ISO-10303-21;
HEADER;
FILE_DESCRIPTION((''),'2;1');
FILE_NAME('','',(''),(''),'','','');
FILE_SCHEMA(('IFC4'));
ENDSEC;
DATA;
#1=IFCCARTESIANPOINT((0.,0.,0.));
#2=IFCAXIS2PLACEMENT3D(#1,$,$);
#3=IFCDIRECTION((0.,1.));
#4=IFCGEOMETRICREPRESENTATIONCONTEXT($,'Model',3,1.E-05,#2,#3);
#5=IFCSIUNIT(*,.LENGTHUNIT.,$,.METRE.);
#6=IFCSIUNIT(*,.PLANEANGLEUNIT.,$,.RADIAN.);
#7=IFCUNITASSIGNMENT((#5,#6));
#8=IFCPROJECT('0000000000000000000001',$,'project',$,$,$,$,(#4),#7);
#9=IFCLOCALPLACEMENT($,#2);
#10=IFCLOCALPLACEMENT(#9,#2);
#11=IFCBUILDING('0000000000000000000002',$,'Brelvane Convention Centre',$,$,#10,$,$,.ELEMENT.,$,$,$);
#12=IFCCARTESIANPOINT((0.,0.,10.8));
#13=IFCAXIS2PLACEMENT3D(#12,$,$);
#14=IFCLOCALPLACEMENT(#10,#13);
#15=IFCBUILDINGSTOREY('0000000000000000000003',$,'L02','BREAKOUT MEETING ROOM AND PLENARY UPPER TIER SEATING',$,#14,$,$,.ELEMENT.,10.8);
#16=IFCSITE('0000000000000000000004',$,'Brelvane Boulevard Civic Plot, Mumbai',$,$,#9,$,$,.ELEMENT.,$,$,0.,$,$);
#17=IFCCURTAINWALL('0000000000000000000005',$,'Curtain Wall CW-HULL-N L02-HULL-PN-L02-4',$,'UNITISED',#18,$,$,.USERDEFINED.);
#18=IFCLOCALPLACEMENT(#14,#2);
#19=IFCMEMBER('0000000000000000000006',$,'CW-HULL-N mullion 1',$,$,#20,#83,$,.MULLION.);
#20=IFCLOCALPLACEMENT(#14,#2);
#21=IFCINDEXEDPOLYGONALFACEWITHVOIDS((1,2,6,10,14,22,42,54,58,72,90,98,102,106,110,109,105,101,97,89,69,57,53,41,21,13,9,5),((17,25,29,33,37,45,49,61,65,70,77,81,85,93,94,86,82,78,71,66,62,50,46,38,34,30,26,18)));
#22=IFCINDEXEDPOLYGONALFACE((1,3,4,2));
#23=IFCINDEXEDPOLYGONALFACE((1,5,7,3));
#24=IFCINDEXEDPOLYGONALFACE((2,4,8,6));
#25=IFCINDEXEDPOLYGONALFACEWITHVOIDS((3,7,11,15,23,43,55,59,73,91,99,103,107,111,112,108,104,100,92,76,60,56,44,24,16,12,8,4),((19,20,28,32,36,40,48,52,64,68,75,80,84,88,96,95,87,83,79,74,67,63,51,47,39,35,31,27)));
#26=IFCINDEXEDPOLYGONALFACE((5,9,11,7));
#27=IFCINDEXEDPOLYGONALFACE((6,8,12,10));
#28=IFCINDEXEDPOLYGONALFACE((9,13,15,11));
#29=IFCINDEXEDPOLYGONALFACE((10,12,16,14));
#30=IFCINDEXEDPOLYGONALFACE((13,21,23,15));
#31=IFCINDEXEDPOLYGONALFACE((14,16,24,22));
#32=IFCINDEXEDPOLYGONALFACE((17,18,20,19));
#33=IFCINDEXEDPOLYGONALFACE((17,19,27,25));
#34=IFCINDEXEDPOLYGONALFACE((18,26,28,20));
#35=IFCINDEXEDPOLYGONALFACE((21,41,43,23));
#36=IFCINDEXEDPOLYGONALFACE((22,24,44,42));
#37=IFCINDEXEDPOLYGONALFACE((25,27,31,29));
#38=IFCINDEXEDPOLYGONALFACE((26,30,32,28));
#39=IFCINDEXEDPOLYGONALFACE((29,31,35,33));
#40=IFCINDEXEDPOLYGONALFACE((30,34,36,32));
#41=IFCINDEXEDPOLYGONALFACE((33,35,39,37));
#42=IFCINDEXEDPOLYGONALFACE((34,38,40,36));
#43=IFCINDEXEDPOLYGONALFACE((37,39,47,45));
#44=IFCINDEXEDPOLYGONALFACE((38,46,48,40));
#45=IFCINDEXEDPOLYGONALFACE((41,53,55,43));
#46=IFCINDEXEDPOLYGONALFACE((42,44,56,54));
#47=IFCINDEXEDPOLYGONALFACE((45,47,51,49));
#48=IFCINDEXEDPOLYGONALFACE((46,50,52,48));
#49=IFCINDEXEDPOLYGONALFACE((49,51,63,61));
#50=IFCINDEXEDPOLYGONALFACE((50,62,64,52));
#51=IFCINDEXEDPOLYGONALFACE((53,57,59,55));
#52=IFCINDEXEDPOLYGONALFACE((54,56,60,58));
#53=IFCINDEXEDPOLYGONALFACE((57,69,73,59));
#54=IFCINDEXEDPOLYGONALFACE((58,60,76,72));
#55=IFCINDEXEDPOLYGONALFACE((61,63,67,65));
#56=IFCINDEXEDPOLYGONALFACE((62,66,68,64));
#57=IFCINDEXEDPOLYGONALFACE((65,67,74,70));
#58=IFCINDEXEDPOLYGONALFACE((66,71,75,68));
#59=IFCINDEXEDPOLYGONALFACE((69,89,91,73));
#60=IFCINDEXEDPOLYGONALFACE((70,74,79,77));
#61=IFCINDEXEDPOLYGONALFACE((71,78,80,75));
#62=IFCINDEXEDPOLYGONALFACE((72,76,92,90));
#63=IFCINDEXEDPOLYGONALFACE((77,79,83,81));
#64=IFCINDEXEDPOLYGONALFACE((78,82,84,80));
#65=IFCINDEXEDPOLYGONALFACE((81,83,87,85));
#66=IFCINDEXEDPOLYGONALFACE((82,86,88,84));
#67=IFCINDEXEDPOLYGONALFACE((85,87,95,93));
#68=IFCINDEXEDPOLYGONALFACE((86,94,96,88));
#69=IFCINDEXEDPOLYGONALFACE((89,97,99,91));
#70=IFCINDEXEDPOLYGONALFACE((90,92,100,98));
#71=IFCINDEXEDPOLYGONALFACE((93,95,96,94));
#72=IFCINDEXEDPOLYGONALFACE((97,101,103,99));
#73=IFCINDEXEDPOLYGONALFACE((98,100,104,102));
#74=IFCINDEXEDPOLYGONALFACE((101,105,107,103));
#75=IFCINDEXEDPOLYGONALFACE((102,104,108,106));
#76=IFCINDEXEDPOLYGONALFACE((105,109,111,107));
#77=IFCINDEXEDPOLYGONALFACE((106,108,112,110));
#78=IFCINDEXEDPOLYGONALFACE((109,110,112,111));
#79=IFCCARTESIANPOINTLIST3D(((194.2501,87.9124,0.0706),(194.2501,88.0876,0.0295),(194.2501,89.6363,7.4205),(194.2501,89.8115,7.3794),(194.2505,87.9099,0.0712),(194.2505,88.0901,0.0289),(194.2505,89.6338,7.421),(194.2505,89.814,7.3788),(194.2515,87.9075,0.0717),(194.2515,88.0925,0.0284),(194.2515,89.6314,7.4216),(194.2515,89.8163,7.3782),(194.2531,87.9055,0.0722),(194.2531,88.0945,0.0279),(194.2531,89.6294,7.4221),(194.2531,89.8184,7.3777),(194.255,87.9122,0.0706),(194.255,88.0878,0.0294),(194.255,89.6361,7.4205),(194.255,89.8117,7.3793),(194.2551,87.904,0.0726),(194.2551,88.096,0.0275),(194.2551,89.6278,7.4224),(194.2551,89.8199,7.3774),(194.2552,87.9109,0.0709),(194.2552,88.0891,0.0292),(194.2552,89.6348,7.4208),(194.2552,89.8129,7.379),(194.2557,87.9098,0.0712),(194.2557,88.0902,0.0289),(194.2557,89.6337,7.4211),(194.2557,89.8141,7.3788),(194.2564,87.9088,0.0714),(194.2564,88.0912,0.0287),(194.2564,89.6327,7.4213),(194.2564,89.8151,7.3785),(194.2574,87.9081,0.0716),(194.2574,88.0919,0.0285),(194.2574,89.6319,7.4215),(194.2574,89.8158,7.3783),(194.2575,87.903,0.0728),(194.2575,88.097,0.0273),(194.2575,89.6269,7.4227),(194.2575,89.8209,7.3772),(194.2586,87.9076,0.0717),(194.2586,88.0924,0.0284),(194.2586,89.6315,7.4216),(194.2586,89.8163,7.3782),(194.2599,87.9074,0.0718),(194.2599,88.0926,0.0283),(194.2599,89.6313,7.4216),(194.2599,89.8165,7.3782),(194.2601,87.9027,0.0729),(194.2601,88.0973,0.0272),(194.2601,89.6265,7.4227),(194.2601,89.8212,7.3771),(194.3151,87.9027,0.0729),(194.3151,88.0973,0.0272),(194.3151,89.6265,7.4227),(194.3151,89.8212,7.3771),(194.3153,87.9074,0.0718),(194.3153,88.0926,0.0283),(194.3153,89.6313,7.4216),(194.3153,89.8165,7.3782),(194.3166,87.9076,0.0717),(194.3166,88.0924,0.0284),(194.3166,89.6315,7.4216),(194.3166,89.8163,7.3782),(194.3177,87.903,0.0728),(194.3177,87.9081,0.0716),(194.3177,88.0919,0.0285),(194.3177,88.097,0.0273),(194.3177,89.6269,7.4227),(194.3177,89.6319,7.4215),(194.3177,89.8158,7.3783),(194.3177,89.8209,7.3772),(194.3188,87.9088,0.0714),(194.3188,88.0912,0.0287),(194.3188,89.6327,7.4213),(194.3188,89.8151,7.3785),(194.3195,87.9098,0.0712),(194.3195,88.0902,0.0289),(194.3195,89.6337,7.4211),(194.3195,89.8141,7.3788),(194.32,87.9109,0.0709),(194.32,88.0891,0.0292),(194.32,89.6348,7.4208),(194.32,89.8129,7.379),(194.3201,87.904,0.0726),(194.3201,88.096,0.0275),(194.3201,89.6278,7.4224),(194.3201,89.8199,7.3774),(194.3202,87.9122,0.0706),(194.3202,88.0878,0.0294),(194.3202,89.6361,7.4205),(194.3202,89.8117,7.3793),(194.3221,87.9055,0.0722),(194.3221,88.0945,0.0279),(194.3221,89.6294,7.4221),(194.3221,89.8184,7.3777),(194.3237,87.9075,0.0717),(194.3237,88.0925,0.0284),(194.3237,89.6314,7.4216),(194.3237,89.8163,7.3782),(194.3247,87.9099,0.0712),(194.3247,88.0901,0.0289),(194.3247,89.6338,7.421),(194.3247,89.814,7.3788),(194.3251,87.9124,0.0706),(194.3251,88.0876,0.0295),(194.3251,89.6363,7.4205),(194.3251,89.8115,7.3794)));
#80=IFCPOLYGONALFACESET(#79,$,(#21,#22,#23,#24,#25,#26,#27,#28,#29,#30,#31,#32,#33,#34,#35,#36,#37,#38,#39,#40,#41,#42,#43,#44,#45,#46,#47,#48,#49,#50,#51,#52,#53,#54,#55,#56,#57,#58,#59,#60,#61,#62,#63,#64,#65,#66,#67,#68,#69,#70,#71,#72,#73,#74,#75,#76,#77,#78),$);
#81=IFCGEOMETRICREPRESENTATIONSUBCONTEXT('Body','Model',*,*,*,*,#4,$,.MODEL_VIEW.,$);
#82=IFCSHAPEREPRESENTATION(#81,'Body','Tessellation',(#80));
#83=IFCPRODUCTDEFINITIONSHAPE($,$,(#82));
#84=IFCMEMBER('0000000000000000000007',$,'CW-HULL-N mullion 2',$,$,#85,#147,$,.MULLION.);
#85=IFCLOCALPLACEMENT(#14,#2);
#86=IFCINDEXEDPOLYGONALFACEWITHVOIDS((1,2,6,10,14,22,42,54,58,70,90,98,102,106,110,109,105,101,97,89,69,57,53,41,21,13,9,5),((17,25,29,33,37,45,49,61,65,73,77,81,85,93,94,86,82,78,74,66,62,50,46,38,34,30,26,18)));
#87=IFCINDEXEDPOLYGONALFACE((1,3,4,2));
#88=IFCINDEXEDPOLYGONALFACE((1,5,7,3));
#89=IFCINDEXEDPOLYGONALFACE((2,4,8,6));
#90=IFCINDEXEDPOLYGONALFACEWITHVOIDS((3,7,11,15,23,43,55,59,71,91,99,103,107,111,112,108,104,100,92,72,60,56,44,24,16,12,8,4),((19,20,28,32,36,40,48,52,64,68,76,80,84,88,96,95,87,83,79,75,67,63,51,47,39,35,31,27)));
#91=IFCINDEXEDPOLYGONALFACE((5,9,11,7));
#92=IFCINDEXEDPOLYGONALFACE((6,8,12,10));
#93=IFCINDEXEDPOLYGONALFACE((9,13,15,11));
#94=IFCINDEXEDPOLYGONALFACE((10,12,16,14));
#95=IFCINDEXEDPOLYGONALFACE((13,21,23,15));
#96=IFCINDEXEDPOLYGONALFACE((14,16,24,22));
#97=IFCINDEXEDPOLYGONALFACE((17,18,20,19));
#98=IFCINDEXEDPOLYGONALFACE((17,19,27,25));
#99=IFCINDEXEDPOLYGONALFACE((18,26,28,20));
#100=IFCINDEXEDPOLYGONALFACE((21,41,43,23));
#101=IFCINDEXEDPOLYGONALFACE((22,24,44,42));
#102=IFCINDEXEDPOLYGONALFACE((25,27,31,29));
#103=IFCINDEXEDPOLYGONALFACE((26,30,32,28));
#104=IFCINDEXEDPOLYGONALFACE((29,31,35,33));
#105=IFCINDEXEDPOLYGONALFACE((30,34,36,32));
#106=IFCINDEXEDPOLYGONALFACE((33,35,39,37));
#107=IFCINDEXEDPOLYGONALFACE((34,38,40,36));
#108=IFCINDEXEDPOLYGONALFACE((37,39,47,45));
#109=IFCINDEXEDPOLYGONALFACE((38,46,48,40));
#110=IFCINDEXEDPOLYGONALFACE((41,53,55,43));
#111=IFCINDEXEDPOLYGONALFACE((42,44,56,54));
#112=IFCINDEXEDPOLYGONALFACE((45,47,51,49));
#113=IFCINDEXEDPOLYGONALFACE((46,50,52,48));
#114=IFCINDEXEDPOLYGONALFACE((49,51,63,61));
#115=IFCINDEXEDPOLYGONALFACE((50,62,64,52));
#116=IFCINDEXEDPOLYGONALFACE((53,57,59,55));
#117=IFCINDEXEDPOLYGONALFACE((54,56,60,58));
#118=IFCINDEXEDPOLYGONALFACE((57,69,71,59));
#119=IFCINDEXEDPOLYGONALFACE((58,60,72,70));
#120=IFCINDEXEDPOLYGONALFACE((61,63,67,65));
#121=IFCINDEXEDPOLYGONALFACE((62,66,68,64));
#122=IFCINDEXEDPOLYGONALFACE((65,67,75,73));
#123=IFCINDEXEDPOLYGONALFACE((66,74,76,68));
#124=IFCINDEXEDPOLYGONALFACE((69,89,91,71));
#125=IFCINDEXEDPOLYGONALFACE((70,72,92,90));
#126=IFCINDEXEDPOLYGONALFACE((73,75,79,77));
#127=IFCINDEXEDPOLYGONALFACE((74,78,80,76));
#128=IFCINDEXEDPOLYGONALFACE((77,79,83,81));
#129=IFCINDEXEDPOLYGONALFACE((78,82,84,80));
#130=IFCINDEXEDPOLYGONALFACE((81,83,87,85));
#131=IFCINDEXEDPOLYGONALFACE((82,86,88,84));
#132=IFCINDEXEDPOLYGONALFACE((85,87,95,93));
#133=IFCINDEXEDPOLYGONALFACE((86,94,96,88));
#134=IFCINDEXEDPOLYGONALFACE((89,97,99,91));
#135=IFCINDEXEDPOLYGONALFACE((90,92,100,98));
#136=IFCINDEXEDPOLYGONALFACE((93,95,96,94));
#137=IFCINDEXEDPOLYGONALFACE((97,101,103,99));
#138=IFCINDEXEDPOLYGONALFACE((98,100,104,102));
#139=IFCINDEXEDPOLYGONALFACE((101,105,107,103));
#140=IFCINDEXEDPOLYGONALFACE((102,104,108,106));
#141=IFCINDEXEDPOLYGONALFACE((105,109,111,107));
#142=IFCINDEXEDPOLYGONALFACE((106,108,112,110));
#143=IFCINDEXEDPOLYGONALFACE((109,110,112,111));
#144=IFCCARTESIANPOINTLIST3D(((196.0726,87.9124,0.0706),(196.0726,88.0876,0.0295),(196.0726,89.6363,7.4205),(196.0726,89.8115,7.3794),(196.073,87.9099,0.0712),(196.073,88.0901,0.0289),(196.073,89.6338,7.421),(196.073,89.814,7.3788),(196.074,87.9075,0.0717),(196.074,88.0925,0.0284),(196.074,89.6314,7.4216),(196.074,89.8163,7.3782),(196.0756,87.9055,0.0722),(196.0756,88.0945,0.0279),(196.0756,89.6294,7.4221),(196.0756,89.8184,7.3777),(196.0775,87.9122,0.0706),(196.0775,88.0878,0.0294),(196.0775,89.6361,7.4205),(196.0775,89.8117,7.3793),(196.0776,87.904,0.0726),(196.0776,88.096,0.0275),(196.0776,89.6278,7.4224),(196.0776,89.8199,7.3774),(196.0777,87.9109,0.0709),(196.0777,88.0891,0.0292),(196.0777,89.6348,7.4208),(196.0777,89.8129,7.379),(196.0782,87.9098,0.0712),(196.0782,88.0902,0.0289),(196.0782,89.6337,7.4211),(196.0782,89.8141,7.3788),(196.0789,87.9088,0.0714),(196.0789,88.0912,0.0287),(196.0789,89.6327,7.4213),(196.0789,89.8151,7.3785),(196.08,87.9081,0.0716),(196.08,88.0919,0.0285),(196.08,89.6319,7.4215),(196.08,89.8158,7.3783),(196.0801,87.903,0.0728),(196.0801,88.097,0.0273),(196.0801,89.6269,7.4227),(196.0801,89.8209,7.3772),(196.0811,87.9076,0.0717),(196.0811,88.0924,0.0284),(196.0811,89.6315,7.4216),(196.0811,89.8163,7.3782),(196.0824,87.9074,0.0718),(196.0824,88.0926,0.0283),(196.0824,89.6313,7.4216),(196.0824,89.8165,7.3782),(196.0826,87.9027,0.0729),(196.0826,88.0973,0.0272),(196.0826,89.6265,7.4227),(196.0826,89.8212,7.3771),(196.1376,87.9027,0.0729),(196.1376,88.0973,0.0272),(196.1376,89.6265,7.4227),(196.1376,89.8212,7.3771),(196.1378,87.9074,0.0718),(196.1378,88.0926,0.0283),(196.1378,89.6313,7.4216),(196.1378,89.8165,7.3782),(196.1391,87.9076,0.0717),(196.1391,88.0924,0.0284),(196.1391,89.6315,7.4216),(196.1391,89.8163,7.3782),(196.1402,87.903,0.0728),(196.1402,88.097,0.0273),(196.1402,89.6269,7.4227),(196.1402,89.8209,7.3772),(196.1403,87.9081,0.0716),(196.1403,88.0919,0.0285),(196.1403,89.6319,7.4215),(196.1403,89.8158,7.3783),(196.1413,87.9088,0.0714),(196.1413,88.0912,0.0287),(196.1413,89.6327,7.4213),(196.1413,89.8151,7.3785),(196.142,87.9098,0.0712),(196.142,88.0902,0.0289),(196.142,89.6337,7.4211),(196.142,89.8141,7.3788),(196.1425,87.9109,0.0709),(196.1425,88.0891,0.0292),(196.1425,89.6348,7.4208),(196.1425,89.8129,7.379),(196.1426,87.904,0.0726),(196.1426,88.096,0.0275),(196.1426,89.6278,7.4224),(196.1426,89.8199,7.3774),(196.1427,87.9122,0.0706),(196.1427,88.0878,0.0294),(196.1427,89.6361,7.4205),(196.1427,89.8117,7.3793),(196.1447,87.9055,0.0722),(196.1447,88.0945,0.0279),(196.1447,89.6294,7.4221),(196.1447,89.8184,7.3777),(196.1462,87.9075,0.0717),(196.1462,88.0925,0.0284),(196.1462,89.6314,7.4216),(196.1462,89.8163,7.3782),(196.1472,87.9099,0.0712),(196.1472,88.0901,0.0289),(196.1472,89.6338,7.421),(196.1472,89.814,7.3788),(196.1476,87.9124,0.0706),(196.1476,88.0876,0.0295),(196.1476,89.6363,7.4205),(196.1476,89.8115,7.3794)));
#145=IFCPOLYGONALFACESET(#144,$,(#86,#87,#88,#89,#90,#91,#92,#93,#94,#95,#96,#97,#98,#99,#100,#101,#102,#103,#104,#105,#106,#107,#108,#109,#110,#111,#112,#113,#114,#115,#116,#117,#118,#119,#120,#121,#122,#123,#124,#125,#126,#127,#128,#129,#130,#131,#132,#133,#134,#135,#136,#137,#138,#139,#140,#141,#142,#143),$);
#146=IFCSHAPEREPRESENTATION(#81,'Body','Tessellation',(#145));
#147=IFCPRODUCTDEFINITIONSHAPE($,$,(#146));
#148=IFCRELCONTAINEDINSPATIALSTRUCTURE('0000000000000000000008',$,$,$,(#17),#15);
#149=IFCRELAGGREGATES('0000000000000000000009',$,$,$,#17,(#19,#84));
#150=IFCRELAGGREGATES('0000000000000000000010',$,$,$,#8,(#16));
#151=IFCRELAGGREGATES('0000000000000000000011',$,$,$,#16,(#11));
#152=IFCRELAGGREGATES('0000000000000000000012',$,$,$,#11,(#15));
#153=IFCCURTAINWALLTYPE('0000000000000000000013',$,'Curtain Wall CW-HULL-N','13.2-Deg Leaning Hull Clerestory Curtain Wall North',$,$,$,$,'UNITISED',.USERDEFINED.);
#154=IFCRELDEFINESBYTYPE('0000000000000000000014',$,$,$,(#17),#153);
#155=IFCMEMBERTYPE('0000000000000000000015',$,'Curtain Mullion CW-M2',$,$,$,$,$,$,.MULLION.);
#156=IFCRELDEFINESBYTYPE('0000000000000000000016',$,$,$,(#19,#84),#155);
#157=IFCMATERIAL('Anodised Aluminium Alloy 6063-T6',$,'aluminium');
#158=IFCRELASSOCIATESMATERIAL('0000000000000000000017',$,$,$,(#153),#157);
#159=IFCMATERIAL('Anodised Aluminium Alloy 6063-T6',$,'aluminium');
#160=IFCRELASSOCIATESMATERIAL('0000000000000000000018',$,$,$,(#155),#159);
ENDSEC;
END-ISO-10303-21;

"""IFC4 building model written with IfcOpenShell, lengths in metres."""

from ifc_helpers import new_model, si_unit, direction, frame, origin, origin_2d, place, context, subcontext, project, spatial, hollow_rectangle, extrude, material, material_profile, profile_set, type_object, element, aggregate, save


model = new_model("IFC4")

# Units and contexts
model_context = context("Model", 3, precision=1e-05, world=origin(), true_north=direction((0.0, 1.0)))
body_context = subcontext(model_context, "Body", "Model", "MODEL_VIEW")
ifc_project = project(units=[si_unit("LENGTHUNIT", "METRE"), si_unit("PLANEANGLEUNIT", "RADIAN")], contexts=[model_context])

# Site, building, storey
site_placement = place(None, origin())
site = spatial("IfcSite", under=ifc_project, at=site_placement, Name="Brelvane Boulevard Civic Plot, Mumbai", CompositionType="ELEMENT", RefElevation=0.0)
building_placement = place(site_placement, origin())
building = spatial("IfcBuilding", under=site, at=building_placement, Name="Brelvane Convention Centre", CompositionType="ELEMENT")
storey_placement = place(building_placement, frame((0.0, 0.0, 10.8)))
storey = spatial("IfcBuildingStorey", under=building, at=storey_placement, Name="L02", Description="BREAKOUT MEETING ROOM AND PLENARY UPPER TIER SEATING", CompositionType="ELEMENT", Elevation=10.8)

# Curtain wall, members
ifc_material_1 = material(Name="Anodised Aluminium Alloy 6063-T6", Category="aluminium")
curtain_wall_type = type_object("IfcCurtainWallType", Name="Curtain Wall CW-HULL-N", Description="13.2-Deg Leaning Hull Clerestory Curtain Wall North", ElementType="UNITISED", PredefinedType="USERDEFINED", material=ifc_material_1)
ifc_material_2 = material(Name="Anodised Aluminium Alloy 6063-T6", Category="aluminium")
ifc_material_profile_1 = material_profile(ifc_material_2, hollow_rectangle(XDim=0.075, YDim=0.2, WallThickness=0.0049, InnerFilletRadius=0.0049, OuterFilletRadius=0.01, at=origin_2d()), Name="ALU-M 200x75x5.0")
ifc_profile_set_1 = profile_set([ifc_material_profile_1], Name="Anodised Aluminium Alloy 6063-T6")
member_type_1 = type_object("IfcMemberType", Name="Curtain Mullion CW-M2", PredefinedType="MULLION", material=ifc_profile_set_1)
curtain_wall_1_placement = place(storey_placement, origin())
curtain_wall_1 = element("IfcCurtainWall", 1, at=curtain_wall_1_placement, inside=storey, type_object=curtain_wall_type, Name="Curtain Wall CW-HULL-N L02-HULL-PN-L02-4", ObjectType="UNITISED", PredefinedType="USERDEFINED")
member_1_placement = place(storey_placement, frame((194.2876, 88.0, 0.05), z_axis=(0.0, 0.228349, 0.973579), x_axis=(-1.0, 0.0, 0.0)))
member_1 = element("IfcMember", 2, at=member_1_placement, type_object=member_type_1, Name="CW-HULL-N mullion 1", PredefinedType="MULLION", context=body_context, shape_type="SweptSolid", body=[
    extrude(hollow_rectangle(XDim=0.075, YDim=0.2, WallThickness=0.0049, InnerFilletRadius=0.0049, OuterFilletRadius=0.01, at=origin_2d()), origin(), (0.0, 0.0, 1.0), 7.5493),
])
member_2_placement = place(storey_placement, frame((196.1101, 88.0, 0.05), z_axis=(0.0, 0.228349, 0.973579), x_axis=(-1.0, 0.0, 0.0)))
member_2 = element("IfcMember", 3, at=member_2_placement, type_object=member_type_1, Name="CW-HULL-N mullion 2", PredefinedType="MULLION", context=body_context, shape_type="SweptSolid", body=[
    extrude(hollow_rectangle(XDim=0.075, YDim=0.2, WallThickness=0.0049, InnerFilletRadius=0.0049, OuterFilletRadius=0.01, at=origin_2d()), origin(), (0.0, 0.0, 1.0), 7.5493),
])

aggregate(curtain_wall_1, [member_1, member_2])

save(model, "model.ifc")
